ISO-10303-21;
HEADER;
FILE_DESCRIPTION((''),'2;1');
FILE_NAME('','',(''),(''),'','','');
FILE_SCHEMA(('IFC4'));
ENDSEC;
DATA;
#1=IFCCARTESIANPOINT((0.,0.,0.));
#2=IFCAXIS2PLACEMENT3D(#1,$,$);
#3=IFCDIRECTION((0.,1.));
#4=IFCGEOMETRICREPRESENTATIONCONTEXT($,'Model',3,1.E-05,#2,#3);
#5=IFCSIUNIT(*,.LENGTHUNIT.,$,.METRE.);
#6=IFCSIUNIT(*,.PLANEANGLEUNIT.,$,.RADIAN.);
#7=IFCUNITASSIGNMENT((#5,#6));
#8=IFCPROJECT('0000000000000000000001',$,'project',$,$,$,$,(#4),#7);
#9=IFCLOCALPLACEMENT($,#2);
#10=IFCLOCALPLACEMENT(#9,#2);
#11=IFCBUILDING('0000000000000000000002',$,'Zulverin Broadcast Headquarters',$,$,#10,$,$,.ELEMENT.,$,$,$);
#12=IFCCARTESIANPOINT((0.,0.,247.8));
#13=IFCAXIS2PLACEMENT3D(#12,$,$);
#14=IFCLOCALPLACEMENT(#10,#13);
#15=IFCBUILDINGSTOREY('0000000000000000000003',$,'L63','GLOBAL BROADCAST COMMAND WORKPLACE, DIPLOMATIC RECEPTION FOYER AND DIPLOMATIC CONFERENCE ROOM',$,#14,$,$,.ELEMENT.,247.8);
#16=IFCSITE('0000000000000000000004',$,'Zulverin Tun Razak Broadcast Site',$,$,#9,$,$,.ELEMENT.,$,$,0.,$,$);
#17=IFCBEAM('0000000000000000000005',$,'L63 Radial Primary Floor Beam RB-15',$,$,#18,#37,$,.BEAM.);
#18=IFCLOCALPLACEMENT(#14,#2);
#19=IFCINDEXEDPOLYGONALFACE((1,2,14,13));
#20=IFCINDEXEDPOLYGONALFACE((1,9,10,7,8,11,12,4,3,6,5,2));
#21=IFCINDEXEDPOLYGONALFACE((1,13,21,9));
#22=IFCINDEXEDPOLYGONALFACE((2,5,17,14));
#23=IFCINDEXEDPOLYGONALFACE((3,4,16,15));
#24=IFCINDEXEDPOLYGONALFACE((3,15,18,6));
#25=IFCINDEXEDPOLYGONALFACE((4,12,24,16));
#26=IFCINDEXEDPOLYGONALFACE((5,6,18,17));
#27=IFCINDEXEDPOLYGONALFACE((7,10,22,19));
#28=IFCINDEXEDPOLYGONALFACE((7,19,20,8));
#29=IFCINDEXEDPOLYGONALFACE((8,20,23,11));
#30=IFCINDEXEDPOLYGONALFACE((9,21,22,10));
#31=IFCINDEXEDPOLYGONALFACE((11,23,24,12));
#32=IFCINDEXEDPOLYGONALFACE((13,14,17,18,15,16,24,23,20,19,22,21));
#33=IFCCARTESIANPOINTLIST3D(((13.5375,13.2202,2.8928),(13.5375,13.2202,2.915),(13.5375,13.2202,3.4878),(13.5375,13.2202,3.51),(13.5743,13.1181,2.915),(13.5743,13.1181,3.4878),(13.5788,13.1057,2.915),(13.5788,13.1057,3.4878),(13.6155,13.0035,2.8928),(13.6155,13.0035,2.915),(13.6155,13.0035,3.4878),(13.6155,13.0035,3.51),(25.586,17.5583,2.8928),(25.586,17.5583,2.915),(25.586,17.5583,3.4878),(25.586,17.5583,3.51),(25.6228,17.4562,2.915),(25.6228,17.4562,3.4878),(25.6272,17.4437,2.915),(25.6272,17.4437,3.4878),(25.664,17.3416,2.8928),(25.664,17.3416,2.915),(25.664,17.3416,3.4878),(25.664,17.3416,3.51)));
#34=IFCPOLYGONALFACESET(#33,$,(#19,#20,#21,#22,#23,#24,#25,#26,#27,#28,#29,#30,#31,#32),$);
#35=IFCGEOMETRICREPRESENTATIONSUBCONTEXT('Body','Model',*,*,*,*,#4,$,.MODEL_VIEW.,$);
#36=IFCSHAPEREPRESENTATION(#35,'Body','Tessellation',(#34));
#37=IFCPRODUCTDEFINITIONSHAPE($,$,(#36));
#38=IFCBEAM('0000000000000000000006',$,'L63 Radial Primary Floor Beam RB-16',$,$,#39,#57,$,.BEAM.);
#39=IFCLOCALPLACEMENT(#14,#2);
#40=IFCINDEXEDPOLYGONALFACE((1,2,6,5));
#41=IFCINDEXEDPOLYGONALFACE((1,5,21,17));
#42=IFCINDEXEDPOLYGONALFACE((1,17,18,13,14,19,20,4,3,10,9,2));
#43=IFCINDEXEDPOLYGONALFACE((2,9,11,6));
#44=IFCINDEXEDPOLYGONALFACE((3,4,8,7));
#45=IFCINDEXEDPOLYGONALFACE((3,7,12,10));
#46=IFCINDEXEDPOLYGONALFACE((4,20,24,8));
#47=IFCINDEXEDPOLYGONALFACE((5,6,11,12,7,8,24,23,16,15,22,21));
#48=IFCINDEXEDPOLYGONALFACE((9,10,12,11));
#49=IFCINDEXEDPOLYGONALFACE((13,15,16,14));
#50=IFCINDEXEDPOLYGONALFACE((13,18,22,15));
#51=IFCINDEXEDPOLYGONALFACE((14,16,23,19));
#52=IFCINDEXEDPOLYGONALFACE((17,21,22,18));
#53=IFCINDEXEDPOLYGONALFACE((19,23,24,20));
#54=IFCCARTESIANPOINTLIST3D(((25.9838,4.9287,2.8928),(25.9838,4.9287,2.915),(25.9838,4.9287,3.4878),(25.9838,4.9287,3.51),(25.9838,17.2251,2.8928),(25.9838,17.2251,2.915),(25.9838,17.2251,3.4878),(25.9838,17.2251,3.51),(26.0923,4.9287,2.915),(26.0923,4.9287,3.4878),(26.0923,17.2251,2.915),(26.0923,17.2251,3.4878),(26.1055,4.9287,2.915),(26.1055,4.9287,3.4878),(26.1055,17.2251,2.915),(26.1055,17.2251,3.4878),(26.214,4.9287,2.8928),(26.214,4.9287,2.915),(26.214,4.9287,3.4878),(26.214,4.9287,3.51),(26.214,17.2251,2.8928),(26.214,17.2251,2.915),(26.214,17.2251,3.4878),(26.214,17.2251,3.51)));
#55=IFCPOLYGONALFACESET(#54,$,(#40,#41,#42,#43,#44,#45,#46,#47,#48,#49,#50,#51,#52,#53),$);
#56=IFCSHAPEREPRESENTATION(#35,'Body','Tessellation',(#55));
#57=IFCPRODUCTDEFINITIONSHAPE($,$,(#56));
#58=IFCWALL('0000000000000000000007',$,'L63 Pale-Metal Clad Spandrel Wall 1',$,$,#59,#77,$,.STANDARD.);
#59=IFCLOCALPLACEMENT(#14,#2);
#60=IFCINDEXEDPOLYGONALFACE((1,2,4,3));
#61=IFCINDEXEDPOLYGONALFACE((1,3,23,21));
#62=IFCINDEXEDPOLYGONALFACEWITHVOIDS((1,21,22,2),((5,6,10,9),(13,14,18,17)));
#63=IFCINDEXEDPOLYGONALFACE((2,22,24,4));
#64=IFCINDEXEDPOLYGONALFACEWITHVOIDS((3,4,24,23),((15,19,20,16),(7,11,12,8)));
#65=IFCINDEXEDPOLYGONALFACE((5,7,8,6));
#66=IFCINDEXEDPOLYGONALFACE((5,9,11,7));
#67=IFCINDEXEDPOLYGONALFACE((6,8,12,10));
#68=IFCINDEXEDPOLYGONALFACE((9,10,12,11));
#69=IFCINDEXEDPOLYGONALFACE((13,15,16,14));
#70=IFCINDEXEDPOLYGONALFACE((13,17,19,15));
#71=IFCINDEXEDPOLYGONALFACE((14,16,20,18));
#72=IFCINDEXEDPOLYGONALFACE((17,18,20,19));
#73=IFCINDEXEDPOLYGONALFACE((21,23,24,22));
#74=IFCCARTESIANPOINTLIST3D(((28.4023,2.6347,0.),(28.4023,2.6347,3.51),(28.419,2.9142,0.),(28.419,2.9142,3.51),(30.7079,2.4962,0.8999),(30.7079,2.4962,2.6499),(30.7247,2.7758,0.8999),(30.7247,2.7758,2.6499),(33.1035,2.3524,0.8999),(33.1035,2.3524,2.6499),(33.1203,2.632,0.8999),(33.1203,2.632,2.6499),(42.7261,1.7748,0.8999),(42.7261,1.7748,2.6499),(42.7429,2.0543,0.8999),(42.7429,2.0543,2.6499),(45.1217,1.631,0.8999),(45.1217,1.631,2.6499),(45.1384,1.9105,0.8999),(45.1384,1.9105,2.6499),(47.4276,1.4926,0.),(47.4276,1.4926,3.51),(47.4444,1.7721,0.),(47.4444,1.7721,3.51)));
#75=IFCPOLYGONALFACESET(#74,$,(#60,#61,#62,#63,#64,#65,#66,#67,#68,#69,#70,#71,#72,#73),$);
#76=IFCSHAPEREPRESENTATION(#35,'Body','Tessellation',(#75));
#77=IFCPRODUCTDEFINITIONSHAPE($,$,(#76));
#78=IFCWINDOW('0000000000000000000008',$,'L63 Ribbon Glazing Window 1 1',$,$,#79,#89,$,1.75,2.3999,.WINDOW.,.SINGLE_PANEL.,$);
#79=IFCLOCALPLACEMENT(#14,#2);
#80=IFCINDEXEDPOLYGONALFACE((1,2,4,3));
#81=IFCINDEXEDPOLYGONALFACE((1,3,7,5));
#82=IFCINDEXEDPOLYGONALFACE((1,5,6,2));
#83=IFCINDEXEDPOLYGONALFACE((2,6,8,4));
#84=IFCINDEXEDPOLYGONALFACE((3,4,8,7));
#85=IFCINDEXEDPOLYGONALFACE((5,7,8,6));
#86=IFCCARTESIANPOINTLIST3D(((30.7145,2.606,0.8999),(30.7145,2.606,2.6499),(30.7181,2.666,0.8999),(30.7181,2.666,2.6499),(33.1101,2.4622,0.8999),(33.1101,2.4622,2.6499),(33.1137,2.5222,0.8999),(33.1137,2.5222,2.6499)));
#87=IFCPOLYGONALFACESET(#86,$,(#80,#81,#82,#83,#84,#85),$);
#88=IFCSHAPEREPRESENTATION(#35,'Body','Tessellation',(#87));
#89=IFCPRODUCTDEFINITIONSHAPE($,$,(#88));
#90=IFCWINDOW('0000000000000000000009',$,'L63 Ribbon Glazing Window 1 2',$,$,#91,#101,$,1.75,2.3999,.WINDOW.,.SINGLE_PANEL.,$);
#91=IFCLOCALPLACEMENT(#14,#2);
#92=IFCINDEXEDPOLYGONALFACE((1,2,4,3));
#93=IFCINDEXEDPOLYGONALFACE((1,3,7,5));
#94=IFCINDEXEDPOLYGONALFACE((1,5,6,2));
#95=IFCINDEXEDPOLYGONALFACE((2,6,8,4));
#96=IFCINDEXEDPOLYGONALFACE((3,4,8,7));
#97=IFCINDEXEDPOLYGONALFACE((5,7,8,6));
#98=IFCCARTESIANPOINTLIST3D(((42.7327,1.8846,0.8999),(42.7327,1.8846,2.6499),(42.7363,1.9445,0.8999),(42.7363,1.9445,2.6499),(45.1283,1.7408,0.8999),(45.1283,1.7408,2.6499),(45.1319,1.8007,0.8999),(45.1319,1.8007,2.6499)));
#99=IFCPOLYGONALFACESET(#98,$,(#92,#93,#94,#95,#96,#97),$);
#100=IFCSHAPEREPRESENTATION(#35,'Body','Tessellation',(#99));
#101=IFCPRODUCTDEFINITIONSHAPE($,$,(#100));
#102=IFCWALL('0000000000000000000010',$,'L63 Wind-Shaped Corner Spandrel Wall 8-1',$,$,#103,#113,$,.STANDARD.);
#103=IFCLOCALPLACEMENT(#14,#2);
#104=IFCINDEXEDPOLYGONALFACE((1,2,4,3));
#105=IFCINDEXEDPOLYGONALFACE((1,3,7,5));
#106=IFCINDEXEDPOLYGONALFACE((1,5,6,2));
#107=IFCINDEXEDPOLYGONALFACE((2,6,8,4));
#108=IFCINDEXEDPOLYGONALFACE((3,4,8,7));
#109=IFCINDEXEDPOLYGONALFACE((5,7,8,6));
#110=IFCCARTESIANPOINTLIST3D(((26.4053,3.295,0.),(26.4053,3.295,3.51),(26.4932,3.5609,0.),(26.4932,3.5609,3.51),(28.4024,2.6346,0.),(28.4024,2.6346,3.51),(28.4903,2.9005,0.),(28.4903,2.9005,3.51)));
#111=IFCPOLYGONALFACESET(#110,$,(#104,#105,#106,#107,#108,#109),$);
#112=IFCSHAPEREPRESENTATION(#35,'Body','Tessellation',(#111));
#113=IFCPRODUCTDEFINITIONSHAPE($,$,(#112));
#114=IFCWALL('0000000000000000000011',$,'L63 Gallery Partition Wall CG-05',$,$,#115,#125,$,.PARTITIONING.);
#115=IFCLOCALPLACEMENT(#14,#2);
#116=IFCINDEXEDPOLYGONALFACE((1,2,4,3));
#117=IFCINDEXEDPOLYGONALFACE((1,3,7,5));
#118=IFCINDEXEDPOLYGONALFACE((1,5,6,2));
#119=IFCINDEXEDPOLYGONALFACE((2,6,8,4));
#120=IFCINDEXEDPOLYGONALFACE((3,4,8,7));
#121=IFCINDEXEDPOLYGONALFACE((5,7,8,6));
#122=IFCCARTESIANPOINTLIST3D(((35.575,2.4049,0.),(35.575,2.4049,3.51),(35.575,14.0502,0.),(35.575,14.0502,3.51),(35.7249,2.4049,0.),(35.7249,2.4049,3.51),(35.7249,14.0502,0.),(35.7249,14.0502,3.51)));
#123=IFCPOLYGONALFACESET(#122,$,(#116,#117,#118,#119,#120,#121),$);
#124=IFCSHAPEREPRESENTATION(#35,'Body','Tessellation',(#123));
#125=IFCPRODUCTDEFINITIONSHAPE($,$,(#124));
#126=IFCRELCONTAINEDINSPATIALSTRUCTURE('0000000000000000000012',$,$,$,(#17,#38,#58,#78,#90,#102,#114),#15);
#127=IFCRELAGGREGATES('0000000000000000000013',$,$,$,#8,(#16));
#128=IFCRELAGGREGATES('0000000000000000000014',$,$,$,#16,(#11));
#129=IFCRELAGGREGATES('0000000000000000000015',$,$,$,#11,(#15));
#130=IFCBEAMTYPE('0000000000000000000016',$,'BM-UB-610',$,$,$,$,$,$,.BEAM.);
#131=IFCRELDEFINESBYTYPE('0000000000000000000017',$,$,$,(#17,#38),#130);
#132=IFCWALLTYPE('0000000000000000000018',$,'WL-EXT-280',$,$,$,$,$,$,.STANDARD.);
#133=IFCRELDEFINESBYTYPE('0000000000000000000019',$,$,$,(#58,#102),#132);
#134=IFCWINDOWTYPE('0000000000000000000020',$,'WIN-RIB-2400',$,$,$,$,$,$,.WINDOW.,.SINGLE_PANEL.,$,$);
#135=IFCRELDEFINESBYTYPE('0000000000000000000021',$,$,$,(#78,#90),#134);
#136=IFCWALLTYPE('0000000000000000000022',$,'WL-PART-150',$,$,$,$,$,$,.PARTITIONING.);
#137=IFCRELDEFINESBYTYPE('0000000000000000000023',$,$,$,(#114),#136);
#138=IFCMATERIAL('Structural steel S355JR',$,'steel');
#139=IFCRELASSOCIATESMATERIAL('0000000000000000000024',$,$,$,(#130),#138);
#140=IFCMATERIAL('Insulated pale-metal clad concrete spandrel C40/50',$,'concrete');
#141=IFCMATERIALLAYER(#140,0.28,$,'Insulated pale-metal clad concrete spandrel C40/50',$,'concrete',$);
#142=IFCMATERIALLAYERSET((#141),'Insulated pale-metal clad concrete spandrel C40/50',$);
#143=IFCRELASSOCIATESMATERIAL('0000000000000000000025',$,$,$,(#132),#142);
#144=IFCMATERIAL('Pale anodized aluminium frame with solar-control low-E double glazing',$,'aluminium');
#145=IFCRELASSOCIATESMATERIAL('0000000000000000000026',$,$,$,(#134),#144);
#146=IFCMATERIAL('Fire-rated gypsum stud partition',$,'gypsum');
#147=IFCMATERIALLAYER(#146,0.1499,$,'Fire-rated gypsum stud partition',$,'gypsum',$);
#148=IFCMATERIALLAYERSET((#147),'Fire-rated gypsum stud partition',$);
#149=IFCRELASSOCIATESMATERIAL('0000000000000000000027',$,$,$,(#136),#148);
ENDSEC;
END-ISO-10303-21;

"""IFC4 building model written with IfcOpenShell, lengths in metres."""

from ifc_helpers import new_model, si_unit, direction, frame, frame_2d, origin, origin_2d, place, context, subcontext, project, spatial, rectangle, i_section, extrude, material, layer, layer_set, material_profile, profile_set, type_object, element, fill, save


model = new_model("IFC4")

# Units and contexts
model_context = context("Model", 3, precision=1e-05, world=origin(), true_north=direction((0.0, 1.0)))
body_context = subcontext(model_context, "Body", "Model", "MODEL_VIEW")
ifc_project = project(units=[si_unit("LENGTHUNIT", "METRE"), si_unit("PLANEANGLEUNIT", "RADIAN")], contexts=[model_context])

# Site, building, storey
site_placement = place(None, origin())
site = spatial("IfcSite", under=ifc_project, at=site_placement, Name="Zulverin Tun Razak Broadcast Site", CompositionType="ELEMENT", RefElevation=0.0)
building_placement = place(site_placement, origin())
building = spatial("IfcBuilding", under=site, at=building_placement, Name="Zulverin Broadcast Headquarters", CompositionType="ELEMENT")
storey_placement = place(building_placement, frame((0.0, 0.0, 247.8)))
storey = spatial("IfcBuildingStorey", under=building, at=storey_placement, Name="L63", Description="GLOBAL BROADCAST COMMAND WORKPLACE, DIPLOMATIC RECEPTION FOYER AND DIPLOMATIC CONFERENCE ROOM", CompositionType="ELEMENT", Elevation=247.8)

# Beams
ifc_material_1 = material(Name="Structural steel S355JR", Category="steel")
ifc_material_profile_1 = material_profile(ifc_material_1, i_section(OverallWidth=0.2302, OverallDepth=0.6172, WebThickness=0.0132, FlangeThickness=0.0222, at=origin_2d()), Name="Structural steel S355JR", Category="steel")
ifc_profile_set_1 = profile_set([ifc_material_profile_1], Name="Structural steel S355JR")
beam_type_1 = type_object("IfcBeamType", Name="BM-UB-610", PredefinedType="BEAM", material=ifc_profile_set_1)
beam_1_placement = place(storey_placement, frame((25.625, 17.45, 3.2014), z_axis=(-0.940871, -0.338764, 0.0), x_axis=(0.338764, -0.940871, 0.0)))
element("IfcBeam", 1, at=beam_1_placement, inside=storey, type_object=beam_type_1, Name="L63 Radial Primary Floor Beam RB-15", PredefinedType="BEAM", context=body_context, shape_type="SweptSolid", body=[
    extrude(i_section(OverallWidth=0.2302, OverallDepth=0.6172, WebThickness=0.0132, FlangeThickness=0.0222, at=origin_2d()), origin(), (0.0, 0.0, 1.0), 12.8057),
])
beam_2_placement = place(storey_placement, frame((26.0989, 17.2251, 3.2014), z_axis=(0.0, -1.0, 0.0), x_axis=(1.0, 0.0, 0.0)))
element("IfcBeam", 2, at=beam_2_placement, inside=storey, type_object=beam_type_1, Name="L63 Radial Primary Floor Beam RB-16", PredefinedType="BEAM", context=body_context, shape_type="SweptSolid", body=[
    extrude(i_section(OverallWidth=0.2302, OverallDepth=0.6172, WebThickness=0.0132, FlangeThickness=0.0222, at=origin_2d()), origin(), (0.0, 0.0, 1.0), 12.2964),
])

# Wall, openings, windows
ifc_material_2 = material(Name="Insulated pale-metal clad concrete spandrel C40/50", Category="concrete")
ifc_layer_1 = layer(ifc_material_2, 0.28, Name="Insulated pale-metal clad concrete spandrel C40/50", Category="concrete")
ifc_layer_set_1 = layer_set([ifc_layer_1], Name="Insulated pale-metal clad concrete spandrel C40/50")
wall_type_1 = type_object("IfcWallType", Name="WL-EXT-280", PredefinedType="STANDARD", material=ifc_layer_set_1)
wall_1_placement = place(storey_placement, frame((28.4106, 2.7744, 0.0), z_axis=(0.0, 0.0, 1.0), x_axis=(0.998203, -0.059922, 0.0)))
wall_1 = element("IfcWall", 3, at=wall_1_placement, inside=storey, type_object=wall_type_1, Name="L63 Pale-Metal Clad Spandrel Wall 1", PredefinedType="STANDARD", context=body_context, shape_type="SweptSolid", body=[
    extrude(rectangle(XDim=19.0596, YDim=0.28, at=frame_2d((9.5298, 0.0))), origin(), (0.0, 0.0, 1.0), 3.51),
])
opening_1_placement = place(wall_1_placement, frame((2.3098, 0.0, 0.8999)))
opening_1 = element("IfcOpeningElement", 4, at=opening_1_placement, cuts=wall_1, PredefinedType="OPENING", context=body_context, shape_type="SweptSolid", body=[
    extrude(rectangle(XDim=2.3999, YDim=1.75, at=frame_2d((1.2, 0.875))), frame((0.0, 0.1499, 0.0), z_axis=(0.0, -1.0, 0.0), x_axis=(1.0, 0.0, 0.0)), (0.0, 0.0, 1.0), 0.3),
])
opening_2_placement = place(wall_1_placement, frame((14.3496, 0.0, 0.8999)))
opening_2 = element("IfcOpeningElement", 5, at=opening_2_placement, cuts=wall_1, PredefinedType="OPENING", context=body_context, shape_type="SweptSolid", body=[
    extrude(rectangle(XDim=2.3999, YDim=1.75, at=frame_2d((1.2, 0.875))), frame((0.0, 0.1499, 0.0), z_axis=(0.0, -1.0, 0.0), x_axis=(1.0, 0.0, 0.0)), (0.0, 0.0, 1.0), 0.3),
])
ifc_material_3 = material(Name="Pale anodized aluminium frame with solar-control low-E double glazing", Category="aluminium")
window_type = type_object("IfcWindowType", Name="WIN-RIB-2400", PartitioningType="SINGLE_PANEL", PredefinedType="WINDOW", material=ifc_material_3)
window_1_placement = place(opening_1_placement, origin())
window_1 = element("IfcWindow", 6, at=window_1_placement, inside=storey, type_object=window_type, Name="L63 Ribbon Glazing Window 1 1", OverallHeight=1.75, OverallWidth=2.3999, PartitioningType="SINGLE_PANEL", PredefinedType="WINDOW", context=body_context, shape_type="SweptSolid", body=[
    extrude(rectangle(XDim=2.3999, YDim=1.75, at=frame_2d((1.2, 0.875))), frame((0.0, 0.03, 0.0), z_axis=(0.0, -1.0, 0.0), x_axis=(1.0, 0.0, 0.0)), (0.0, 0.0, 1.0), 0.0601),
])
fill(opening_1, window_1)
window_2_placement = place(opening_2_placement, origin())
window_2 = element("IfcWindow", 7, at=window_2_placement, inside=storey, type_object=window_type, Name="L63 Ribbon Glazing Window 1 2", OverallHeight=1.75, OverallWidth=2.3999, PartitioningType="SINGLE_PANEL", PredefinedType="WINDOW", context=body_context, shape_type="SweptSolid", body=[
    extrude(rectangle(XDim=2.3999, YDim=1.75, at=frame_2d((1.2, 0.875))), frame((0.0, 0.03, 0.0), z_axis=(0.0, -1.0, 0.0), x_axis=(1.0, 0.0, 0.0)), (0.0, 0.0, 1.0), 0.0601),
])
fill(opening_2, window_2)

# Walls
wall_2_placement = place(storey_placement, frame((26.4492, 3.428, 0.0), z_axis=(0.0, 0.0, 1.0), x_axis=(0.949435, -0.313964, 0.0)))
element("IfcWall", 8, at=wall_2_placement, inside=storey, type_object=wall_type_1, Name="L63 Wind-Shaped Corner Spandrel Wall 8-1", PredefinedType="STANDARD", context=body_context, shape_type="SweptSolid", body=[
    extrude(rectangle(XDim=2.1035, YDim=0.28, at=frame_2d((1.0518, 0.0))), origin(), (0.0, 0.0, 1.0), 3.51),
])
ifc_material_4 = material(Name="Fire-rated gypsum stud partition", Category="gypsum")
ifc_layer_2 = layer(ifc_material_4, 0.1499, Name="Fire-rated gypsum stud partition", Category="gypsum")
ifc_layer_set_2 = layer_set([ifc_layer_2], Name="Fire-rated gypsum stud partition")
wall_type_2 = type_object("IfcWallType", Name="WL-PART-150", PredefinedType="PARTITIONING", material=ifc_layer_set_2)
wall_3_placement = place(storey_placement, frame((35.6499, 2.4048, 0.0), z_axis=(0.0, 0.0, 1.0), x_axis=(0.0, 1.0, 0.0)))
element("IfcWall", 9, at=wall_3_placement, inside=storey, type_object=wall_type_2, Name="L63 Gallery Partition Wall CG-05", PredefinedType="PARTITIONING", context=body_context, shape_type="SweptSolid", body=[
    extrude(rectangle(XDim=11.6453, YDim=0.1499, at=frame_2d((5.8228, 0.0))), origin(), (0.0, 0.0, 1.0), 3.51),
])

save(model, "model.ifc")
